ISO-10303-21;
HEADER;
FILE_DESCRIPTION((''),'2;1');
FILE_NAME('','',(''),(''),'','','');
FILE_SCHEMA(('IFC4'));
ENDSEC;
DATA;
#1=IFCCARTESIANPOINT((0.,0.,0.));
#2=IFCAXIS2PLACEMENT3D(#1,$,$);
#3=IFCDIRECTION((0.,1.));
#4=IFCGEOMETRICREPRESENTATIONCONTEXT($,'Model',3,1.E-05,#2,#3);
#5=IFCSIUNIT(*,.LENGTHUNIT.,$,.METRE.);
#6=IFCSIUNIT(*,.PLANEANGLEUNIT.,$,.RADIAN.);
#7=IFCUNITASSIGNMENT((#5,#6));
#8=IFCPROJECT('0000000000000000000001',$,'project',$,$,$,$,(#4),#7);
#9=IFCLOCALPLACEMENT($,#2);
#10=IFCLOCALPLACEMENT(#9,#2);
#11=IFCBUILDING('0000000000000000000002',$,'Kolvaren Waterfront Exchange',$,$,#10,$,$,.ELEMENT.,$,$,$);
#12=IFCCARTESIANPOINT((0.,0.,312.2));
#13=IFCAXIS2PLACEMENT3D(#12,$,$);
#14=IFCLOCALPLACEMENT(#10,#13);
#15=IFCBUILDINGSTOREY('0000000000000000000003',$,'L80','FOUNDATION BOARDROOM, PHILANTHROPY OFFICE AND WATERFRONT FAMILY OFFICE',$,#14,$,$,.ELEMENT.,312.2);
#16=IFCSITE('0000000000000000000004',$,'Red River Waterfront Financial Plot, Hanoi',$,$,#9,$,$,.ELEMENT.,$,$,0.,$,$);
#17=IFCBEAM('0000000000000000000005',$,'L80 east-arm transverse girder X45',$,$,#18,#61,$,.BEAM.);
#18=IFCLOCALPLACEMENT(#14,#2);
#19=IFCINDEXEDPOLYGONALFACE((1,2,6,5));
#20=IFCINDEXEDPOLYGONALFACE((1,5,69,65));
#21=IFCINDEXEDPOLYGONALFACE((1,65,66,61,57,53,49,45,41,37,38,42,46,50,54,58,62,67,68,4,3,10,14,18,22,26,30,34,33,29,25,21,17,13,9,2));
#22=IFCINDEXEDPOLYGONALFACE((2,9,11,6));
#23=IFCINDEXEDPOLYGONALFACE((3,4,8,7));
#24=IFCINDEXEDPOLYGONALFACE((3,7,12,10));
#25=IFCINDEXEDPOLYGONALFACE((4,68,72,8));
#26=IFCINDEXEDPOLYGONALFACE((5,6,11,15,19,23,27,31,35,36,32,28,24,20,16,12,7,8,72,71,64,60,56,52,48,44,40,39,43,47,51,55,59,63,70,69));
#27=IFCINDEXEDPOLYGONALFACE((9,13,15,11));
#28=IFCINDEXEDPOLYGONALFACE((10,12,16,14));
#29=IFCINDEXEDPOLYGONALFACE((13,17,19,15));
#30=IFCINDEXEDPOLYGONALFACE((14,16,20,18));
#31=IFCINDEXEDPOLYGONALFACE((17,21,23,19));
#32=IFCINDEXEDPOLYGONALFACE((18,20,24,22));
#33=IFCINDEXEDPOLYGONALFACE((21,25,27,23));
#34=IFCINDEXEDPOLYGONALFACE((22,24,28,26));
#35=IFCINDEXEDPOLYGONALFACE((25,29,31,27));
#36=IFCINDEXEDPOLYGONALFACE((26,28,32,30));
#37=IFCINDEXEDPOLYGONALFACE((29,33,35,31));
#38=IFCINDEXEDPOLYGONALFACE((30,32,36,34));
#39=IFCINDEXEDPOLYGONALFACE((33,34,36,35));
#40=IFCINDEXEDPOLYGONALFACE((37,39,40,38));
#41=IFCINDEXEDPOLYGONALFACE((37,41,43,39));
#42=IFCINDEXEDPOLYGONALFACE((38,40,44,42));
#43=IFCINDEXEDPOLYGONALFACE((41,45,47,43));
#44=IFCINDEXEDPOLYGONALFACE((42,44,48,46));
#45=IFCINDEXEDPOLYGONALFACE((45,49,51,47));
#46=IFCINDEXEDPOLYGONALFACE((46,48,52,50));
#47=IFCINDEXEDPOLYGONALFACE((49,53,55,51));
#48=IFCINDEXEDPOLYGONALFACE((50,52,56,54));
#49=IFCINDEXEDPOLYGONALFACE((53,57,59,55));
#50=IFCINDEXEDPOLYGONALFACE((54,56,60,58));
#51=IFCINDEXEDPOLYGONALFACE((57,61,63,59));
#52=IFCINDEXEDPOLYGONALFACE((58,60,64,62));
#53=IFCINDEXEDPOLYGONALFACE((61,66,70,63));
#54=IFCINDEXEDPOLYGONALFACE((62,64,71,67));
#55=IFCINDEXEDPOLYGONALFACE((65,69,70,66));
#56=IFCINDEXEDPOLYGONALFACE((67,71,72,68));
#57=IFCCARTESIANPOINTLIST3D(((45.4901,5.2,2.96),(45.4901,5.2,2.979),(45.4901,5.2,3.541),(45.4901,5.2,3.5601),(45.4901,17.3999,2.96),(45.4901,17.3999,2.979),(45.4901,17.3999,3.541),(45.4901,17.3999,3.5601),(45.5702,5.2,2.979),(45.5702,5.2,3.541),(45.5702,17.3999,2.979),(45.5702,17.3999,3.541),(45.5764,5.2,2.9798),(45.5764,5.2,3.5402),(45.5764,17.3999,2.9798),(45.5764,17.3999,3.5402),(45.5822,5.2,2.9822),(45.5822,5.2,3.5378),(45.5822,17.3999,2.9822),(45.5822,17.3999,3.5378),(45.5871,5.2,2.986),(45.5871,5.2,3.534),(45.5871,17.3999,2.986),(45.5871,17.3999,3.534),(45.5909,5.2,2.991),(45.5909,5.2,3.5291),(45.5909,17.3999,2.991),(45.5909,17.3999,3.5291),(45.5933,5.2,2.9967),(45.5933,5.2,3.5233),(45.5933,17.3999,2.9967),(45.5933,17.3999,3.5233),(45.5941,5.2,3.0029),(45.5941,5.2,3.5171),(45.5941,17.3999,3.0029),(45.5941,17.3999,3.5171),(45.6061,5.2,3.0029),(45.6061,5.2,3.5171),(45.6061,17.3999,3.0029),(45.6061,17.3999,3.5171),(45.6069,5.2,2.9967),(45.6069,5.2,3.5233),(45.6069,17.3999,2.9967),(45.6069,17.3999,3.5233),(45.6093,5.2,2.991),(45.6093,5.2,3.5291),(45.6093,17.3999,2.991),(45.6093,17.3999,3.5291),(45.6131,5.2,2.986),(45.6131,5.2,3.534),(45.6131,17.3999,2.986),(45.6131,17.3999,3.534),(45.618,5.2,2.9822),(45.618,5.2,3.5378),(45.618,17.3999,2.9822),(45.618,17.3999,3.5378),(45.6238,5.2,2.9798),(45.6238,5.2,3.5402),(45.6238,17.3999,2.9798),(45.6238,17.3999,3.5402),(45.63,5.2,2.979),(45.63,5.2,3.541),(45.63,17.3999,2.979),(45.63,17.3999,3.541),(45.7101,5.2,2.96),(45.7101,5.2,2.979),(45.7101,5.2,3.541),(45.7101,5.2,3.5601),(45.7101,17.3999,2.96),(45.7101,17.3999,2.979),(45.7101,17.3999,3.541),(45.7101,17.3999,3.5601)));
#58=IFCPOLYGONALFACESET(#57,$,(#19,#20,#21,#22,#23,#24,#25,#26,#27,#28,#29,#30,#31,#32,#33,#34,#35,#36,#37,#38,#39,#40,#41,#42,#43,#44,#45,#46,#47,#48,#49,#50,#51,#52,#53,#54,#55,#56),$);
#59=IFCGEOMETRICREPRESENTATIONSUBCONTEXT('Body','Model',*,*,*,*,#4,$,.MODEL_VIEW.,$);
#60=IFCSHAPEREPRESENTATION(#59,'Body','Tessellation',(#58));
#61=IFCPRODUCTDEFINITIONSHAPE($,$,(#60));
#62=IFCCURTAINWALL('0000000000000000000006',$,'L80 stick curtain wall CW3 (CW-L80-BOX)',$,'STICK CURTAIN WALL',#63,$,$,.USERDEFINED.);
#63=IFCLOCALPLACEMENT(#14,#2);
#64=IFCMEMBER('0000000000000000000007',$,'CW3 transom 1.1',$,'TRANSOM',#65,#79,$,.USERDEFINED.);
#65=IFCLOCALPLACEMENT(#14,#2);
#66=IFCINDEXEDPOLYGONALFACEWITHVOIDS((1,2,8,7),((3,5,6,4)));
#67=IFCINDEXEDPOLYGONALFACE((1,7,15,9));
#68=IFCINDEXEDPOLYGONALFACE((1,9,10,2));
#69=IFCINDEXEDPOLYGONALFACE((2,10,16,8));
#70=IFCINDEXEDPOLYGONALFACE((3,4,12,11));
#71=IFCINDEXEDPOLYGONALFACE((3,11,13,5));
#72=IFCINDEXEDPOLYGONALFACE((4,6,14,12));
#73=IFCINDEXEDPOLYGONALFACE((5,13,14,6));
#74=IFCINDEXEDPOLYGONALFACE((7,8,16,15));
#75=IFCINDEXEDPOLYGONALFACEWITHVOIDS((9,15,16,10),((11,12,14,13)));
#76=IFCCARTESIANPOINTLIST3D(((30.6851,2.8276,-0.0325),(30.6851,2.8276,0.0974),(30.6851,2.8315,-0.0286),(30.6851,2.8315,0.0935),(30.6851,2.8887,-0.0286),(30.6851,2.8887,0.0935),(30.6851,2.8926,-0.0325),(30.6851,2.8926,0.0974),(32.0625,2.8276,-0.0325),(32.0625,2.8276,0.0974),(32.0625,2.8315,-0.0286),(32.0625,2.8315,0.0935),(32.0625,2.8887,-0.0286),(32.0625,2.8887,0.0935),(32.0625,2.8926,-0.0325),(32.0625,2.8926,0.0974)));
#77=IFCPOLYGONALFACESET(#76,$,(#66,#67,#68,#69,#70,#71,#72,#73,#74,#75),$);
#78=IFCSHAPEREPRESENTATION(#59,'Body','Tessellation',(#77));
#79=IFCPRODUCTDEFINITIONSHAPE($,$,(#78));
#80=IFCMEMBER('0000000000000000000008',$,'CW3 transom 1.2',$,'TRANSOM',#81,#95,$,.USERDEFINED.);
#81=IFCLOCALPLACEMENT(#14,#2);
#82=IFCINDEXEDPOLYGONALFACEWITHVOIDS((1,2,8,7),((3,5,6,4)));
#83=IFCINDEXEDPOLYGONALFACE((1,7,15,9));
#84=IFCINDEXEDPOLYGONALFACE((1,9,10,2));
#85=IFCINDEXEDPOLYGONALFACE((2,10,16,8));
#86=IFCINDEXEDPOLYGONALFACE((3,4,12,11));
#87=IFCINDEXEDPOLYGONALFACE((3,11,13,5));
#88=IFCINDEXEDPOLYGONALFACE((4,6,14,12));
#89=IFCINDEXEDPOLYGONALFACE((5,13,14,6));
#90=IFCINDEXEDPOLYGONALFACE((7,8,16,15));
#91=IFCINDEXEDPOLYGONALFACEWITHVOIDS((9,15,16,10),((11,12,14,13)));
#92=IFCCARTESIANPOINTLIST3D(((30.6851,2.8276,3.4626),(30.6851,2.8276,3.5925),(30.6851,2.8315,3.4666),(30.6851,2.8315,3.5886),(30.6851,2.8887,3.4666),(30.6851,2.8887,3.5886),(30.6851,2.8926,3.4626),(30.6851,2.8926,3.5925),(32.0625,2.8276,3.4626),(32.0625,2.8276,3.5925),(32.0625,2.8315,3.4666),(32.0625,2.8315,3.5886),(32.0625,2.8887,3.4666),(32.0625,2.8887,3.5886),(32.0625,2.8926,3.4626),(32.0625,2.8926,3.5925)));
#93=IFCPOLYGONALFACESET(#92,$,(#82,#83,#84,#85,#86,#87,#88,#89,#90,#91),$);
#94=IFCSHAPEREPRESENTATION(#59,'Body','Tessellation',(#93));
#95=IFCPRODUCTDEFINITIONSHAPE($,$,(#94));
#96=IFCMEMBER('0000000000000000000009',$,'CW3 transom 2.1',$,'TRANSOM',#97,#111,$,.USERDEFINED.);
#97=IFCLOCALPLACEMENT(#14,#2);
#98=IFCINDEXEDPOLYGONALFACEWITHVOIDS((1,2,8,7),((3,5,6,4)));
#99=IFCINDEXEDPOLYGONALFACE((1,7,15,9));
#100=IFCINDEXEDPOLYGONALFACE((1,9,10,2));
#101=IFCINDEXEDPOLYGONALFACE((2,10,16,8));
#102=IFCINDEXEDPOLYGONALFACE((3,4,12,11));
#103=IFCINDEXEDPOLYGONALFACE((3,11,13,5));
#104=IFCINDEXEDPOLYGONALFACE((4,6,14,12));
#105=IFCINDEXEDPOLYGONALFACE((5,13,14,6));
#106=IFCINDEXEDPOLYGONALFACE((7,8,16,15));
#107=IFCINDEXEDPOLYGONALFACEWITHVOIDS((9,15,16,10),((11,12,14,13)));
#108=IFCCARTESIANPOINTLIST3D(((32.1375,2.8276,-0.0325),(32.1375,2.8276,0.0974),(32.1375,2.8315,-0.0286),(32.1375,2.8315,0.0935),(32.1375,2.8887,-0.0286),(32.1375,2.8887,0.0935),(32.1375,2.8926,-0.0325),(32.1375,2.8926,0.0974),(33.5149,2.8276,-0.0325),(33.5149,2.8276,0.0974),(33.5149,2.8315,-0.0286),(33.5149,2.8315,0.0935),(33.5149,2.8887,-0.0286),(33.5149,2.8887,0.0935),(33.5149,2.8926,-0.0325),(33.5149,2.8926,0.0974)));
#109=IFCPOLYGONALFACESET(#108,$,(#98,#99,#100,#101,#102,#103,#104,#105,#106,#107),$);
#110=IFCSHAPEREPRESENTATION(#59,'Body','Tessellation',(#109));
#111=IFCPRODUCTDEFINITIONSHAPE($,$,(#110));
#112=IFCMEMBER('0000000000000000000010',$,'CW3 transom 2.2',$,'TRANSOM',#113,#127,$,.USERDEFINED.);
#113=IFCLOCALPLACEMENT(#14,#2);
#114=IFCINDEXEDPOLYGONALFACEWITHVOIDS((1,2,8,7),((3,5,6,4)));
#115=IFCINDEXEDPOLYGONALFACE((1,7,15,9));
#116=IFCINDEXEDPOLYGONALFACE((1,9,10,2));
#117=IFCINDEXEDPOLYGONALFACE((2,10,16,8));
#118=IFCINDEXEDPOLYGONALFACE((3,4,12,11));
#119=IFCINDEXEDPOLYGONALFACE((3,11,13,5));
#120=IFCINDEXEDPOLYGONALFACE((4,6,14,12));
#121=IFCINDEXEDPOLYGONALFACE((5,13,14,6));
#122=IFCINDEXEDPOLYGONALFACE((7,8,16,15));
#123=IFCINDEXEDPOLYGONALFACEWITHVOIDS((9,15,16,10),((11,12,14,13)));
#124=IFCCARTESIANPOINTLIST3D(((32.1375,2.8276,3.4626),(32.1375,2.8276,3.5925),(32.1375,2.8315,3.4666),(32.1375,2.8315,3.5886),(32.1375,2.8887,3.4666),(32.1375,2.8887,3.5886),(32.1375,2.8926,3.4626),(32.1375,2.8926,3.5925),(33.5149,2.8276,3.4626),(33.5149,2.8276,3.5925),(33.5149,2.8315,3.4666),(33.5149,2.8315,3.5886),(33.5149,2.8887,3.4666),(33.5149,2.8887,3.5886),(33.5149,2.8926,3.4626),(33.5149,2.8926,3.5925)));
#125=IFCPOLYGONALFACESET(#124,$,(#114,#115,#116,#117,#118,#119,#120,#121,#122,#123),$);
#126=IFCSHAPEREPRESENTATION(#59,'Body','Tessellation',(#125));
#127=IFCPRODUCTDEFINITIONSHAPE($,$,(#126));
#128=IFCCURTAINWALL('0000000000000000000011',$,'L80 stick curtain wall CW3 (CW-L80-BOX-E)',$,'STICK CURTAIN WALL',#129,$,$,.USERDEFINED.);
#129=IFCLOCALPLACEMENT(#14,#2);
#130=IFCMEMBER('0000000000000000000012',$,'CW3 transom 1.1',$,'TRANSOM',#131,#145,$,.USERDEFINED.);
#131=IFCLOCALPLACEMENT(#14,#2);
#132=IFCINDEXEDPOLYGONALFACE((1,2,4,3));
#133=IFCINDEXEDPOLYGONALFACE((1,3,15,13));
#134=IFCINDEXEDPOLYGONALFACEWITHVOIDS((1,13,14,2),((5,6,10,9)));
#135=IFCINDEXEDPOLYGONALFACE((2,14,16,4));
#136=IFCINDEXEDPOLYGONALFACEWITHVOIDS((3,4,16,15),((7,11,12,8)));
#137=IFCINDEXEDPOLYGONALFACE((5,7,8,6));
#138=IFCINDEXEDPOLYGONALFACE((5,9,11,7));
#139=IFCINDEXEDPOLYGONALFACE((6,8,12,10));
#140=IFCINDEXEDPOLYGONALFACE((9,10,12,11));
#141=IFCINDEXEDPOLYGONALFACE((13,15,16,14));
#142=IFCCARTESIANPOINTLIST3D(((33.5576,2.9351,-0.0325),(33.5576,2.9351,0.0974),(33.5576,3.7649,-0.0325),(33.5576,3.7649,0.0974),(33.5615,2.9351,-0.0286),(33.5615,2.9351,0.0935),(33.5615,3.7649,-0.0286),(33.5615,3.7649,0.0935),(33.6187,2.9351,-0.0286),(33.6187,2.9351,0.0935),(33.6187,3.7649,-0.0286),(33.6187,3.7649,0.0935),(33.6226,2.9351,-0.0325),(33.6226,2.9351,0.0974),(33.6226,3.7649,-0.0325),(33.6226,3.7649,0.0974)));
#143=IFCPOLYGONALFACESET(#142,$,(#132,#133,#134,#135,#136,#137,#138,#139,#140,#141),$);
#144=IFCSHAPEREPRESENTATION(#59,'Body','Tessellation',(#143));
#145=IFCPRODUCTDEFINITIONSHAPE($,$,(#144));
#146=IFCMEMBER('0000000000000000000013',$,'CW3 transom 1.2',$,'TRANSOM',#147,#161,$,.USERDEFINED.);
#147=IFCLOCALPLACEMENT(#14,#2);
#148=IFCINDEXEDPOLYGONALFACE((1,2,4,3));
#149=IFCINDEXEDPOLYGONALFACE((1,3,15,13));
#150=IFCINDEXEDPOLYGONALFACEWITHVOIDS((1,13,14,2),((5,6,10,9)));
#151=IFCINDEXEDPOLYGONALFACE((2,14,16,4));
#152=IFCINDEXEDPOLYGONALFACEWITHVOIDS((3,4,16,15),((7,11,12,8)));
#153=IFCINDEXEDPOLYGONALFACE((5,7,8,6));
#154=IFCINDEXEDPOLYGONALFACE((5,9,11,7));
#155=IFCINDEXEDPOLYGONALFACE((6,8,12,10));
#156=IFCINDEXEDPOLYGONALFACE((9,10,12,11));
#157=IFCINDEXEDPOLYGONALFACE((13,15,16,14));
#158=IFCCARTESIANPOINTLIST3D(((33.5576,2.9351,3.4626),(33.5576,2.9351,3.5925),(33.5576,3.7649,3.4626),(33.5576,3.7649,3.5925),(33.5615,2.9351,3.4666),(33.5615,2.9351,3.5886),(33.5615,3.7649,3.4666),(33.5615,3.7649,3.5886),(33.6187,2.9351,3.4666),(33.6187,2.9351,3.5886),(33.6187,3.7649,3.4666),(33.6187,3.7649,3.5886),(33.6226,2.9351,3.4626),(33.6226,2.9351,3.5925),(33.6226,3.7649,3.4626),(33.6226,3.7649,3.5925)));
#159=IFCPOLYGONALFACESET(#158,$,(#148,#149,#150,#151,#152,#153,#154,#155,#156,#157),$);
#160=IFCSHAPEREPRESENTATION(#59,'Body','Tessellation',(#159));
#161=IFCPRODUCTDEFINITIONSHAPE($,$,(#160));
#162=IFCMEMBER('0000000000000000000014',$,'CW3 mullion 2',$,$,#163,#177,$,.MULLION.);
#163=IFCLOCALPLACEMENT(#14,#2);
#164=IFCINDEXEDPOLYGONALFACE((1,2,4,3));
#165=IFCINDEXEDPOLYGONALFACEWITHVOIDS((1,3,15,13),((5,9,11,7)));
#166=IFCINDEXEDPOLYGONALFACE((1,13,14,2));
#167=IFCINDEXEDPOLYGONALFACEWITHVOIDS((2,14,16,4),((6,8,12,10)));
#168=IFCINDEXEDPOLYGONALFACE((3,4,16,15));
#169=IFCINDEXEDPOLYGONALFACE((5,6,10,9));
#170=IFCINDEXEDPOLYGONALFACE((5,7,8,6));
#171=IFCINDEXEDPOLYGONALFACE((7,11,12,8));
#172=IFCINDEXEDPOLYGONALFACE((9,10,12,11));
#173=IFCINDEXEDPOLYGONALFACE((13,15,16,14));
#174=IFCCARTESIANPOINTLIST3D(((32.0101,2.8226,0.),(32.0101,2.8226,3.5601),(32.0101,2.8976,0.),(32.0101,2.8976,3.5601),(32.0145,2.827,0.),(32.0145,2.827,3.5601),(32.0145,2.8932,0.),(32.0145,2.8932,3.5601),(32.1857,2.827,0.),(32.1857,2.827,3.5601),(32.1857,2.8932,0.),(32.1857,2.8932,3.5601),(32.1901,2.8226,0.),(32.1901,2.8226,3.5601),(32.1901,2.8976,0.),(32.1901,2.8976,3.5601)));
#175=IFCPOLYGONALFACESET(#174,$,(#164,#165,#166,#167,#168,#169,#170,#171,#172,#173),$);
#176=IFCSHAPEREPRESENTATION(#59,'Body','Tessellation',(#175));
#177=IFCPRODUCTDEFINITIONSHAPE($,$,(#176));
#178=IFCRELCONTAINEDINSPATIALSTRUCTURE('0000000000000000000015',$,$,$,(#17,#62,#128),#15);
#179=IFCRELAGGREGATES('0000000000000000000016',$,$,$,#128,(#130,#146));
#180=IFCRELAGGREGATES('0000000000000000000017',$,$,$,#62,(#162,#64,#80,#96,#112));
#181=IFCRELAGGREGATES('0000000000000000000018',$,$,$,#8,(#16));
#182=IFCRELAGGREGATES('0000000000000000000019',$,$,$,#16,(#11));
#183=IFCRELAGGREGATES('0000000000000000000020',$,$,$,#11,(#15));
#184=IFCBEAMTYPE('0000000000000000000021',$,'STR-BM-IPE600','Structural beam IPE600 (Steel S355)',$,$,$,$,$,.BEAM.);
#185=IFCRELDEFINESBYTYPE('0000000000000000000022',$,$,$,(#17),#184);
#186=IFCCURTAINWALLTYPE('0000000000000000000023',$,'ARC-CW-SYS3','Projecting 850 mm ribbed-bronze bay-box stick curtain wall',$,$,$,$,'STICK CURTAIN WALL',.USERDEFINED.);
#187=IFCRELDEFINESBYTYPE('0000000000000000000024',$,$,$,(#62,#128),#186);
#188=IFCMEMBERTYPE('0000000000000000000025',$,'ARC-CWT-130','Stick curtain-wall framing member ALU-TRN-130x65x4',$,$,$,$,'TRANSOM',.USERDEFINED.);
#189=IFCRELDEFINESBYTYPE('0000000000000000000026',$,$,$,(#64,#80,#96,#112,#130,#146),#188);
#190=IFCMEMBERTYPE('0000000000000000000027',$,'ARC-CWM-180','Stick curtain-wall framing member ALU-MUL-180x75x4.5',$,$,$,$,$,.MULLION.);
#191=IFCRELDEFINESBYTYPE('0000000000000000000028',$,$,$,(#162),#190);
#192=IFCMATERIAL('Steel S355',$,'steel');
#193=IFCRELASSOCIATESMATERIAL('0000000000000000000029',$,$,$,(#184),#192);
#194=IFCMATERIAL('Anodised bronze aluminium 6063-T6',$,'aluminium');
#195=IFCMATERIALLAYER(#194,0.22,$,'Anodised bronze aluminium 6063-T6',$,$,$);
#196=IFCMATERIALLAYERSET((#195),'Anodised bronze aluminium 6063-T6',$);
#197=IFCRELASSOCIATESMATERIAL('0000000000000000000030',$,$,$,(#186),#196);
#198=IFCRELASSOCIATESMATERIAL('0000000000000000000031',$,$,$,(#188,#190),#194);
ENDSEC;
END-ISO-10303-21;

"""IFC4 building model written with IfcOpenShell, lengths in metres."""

from ifc_helpers import new_model, si_unit, direction, frame, origin, origin_with_axes, origin_2d, place, context, subcontext, project, spatial, hollow_rectangle, i_section, extrude, source, transform, mapped, material, layer, layer_set, material_profile, profile_set, type_object, element, aggregate, save


model = new_model("IFC4")

# Units and contexts
model_context = context("Model", 3, precision=1e-05, world=origin(), true_north=direction((0.0, 1.0)))
body_context = subcontext(model_context, "Body", "Model", "MODEL_VIEW")
ifc_project = project(units=[si_unit("LENGTHUNIT", "METRE"), si_unit("PLANEANGLEUNIT", "RADIAN")], contexts=[model_context])

# Site, building, storey
site_placement = place(None, origin())
site = spatial("IfcSite", under=ifc_project, at=site_placement, Name="Red River Waterfront Financial Plot, Hanoi", CompositionType="ELEMENT", RefElevation=0.0)
building_placement = place(site_placement, origin())
building = spatial("IfcBuilding", under=site, at=building_placement, Name="Kolvaren Waterfront Exchange", CompositionType="ELEMENT")
storey_placement = place(building_placement, frame((0.0, 0.0, 312.2)))
storey = spatial("IfcBuildingStorey", under=building, at=storey_placement, Name="L80", Description="FOUNDATION BOARDROOM, PHILANTHROPY OFFICE AND WATERFRONT FAMILY OFFICE", CompositionType="ELEMENT", Elevation=312.2)

# Beam
ifc_material_1 = material(Name="Steel S355", Category="steel")
ifc_material_profile_1 = material_profile(ifc_material_1, i_section(OverallWidth=0.22, OverallDepth=0.6001, WebThickness=0.012, FlangeThickness=0.019, FilletRadius=0.0239, at=origin_2d()), Name="IPE600")
ifc_profile_set_1 = profile_set([ifc_material_profile_1], Name="Steel S355")
beam_type_1 = type_object("IfcBeamType", Name="STR-BM-IPE600", Description="Structural beam IPE600 (Steel S355)", PredefinedType="BEAM", material=ifc_profile_set_1)
for number, where, z_axis, x_axis, name in (
    (1, (45.6001, 5.2, 3.26), (0.0, 1.0, 0.0), (-1.0, 0.0, 0.0), "L80 east-arm transverse girder X45"),
):
    element("IfcBeam", number, at=place(storey_placement, frame(where, z_axis=z_axis, x_axis=x_axis)), inside=storey, type_object=beam_type_1, Name=name, PredefinedType="BEAM", context=body_context, shape_type="SweptSolid", body=[
        extrude(i_section(OverallWidth=0.22, OverallDepth=0.6001, WebThickness=0.012, FlangeThickness=0.019, FilletRadius=0.0239, at=origin_2d()), origin(), (0.0, 0.0, 1.0), 12.2),
    ])

# Curtain walls, members
ifc_material_2 = material(Name="Anodised bronze aluminium 6063-T6", Category="aluminium")
ifc_layer_1 = layer(ifc_material_2, 0.22, Name="Anodised bronze aluminium 6063-T6")
ifc_layer_set_1 = layer_set([ifc_layer_1], Name="Anodised bronze aluminium 6063-T6")
curtain_wall_type_1 = type_object("IfcCurtainWallType", Name="ARC-CW-SYS3", Description="Projecting 850 mm ribbed-bronze bay-box stick curtain wall", ElementType="STICK CURTAIN WALL", PredefinedType="USERDEFINED", material=ifc_layer_set_1)
curtain_wall_1_placement = place(storey_placement, origin())
curtain_wall_1 = element("IfcCurtainWall", 2, at=curtain_wall_1_placement, inside=storey, type_object=curtain_wall_type_1, Name="L80 stick curtain wall CW3 (CW-L80-BOX)", ObjectType="STICK CURTAIN WALL", PredefinedType="USERDEFINED")
ifc_material_profile_2 = material_profile(ifc_material_2, hollow_rectangle(XDim=0.0649, YDim=0.1299, WallThickness=0.0039, at=origin_2d()), Name="ALU-TRN-130x65x4")
ifc_profile_set_2 = profile_set([ifc_material_profile_2], Name="Anodised bronze aluminium 6063-T6")
member_type_1 = type_object("IfcMemberType", Name="ARC-CWT-130", Description="Stick curtain-wall framing member ALU-TRN-130x65x4", ElementType="TRANSOM", PredefinedType="USERDEFINED", material=ifc_profile_set_2)
shared_shape_1 = source(origin_with_axes(), body_context, "Body", "SweptSolid", [
    extrude(hollow_rectangle(XDim=0.0649, YDim=0.1299, WallThickness=0.0039, at=origin_2d()), origin(), (0.0, 0.0, 1.0), 1.3774),
])
member_1_placement = place(storey_placement, frame((30.6851, 2.8601, 0.0325), z_axis=(1.0, 0.0, 0.0), x_axis=(0.0, 1.0, 0.0)))
member_1 = element("IfcMember", 3, at=member_1_placement, type_object=member_type_1, Name="CW3 transom 1.1", ObjectType="TRANSOM", PredefinedType="USERDEFINED", context=body_context, shape_type="MappedRepresentation", body=[
    mapped(shared_shape_1, transform((0.0, 0.0, 0.0), x_axis=(1.0, 0.0, 0.0), y_axis=(0.0, 1.0, 0.0), z_axis=(0.0, 0.0, 1.0), scale=1.0)),
])
member_2_placement = place(storey_placement, frame((30.6851, 2.8601, 3.5276), z_axis=(1.0, 0.0, 0.0), x_axis=(0.0, 1.0, 0.0)))
member_2 = element("IfcMember", 4, at=member_2_placement, type_object=member_type_1, Name="CW3 transom 1.2", ObjectType="TRANSOM", PredefinedType="USERDEFINED", context=body_context, shape_type="MappedRepresentation", body=[
    mapped(shared_shape_1, transform((0.0, 0.0, 0.0), x_axis=(1.0, 0.0, 0.0), y_axis=(0.0, 1.0, 0.0), z_axis=(0.0, 0.0, 1.0), scale=1.0)),
])
member_3_placement = place(storey_placement, frame((32.1375, 2.8601, 0.0325), z_axis=(1.0, 0.0, 0.0), x_axis=(0.0, 1.0, 0.0)))
member_3 = element("IfcMember", 5, at=member_3_placement, type_object=member_type_1, Name="CW3 transom 2.1", ObjectType="TRANSOM", PredefinedType="USERDEFINED", context=body_context, shape_type="MappedRepresentation", body=[
    mapped(shared_shape_1, transform((0.0, 0.0, 0.0), x_axis=(1.0, 0.0, 0.0), y_axis=(0.0, 1.0, 0.0), z_axis=(0.0, 0.0, 1.0), scale=1.0)),
])
member_4_placement = place(storey_placement, frame((32.1375, 2.8601, 3.5276), z_axis=(1.0, 0.0, 0.0), x_axis=(0.0, 1.0, 0.0)))
member_4 = element("IfcMember", 6, at=member_4_placement, type_object=member_type_1, Name="CW3 transom 2.2", ObjectType="TRANSOM", PredefinedType="USERDEFINED", context=body_context, shape_type="MappedRepresentation", body=[
    mapped(shared_shape_1, transform((0.0, 0.0, 0.0), x_axis=(1.0, 0.0, 0.0), y_axis=(0.0, 1.0, 0.0), z_axis=(0.0, 0.0, 1.0), scale=1.0)),
])
curtain_wall_2_placement = place(storey_placement, origin())
curtain_wall_2 = element("IfcCurtainWall", 7, at=curtain_wall_2_placement, inside=storey, type_object=curtain_wall_type_1, Name="L80 stick curtain wall CW3 (CW-L80-BOX-E)", ObjectType="STICK CURTAIN WALL", PredefinedType="USERDEFINED")
shared_shape_2 = source(origin_with_axes(), body_context, "Body", "SweptSolid", [
    extrude(hollow_rectangle(XDim=0.0649, YDim=0.1299, WallThickness=0.0039, at=origin_2d()), origin(), (0.0, 0.0, 1.0), 0.8298),
])
member_5_placement = place(storey_placement, frame((33.5901, 2.9351, 0.0325), z_axis=(0.0, 1.0, 0.0), x_axis=(-1.0, 0.0, 0.0)))
member_5 = element("IfcMember", 8, at=member_5_placement, type_object=member_type_1, Name="CW3 transom 1.1", ObjectType="TRANSOM", PredefinedType="USERDEFINED", context=body_context, shape_type="MappedRepresentation", body=[
    mapped(shared_shape_2, transform((0.0, 0.0, 0.0), x_axis=(1.0, 0.0, 0.0), y_axis=(0.0, 1.0, 0.0), z_axis=(0.0, 0.0, 1.0), scale=1.0)),
])
member_6_placement = place(storey_placement, frame((33.5901, 2.9351, 3.5276), z_axis=(0.0, 1.0, 0.0), x_axis=(-1.0, 0.0, 0.0)))
member_6 = element("IfcMember", 9, at=member_6_placement, type_object=member_type_1, Name="CW3 transom 1.2", ObjectType="TRANSOM", PredefinedType="USERDEFINED", context=body_context, shape_type="MappedRepresentation", body=[
    mapped(shared_shape_2, transform((0.0, 0.0, 0.0), x_axis=(1.0, 0.0, 0.0), y_axis=(0.0, 1.0, 0.0), z_axis=(0.0, 0.0, 1.0), scale=1.0)),
])

# Member
ifc_material_profile_3 = material_profile(ifc_material_2, hollow_rectangle(XDim=0.075, YDim=0.1799, WallThickness=0.0044, at=origin_2d()), Name="ALU-MUL-180x75x4.5")
ifc_profile_set_3 = profile_set([ifc_material_profile_3], Name="Anodised bronze aluminium 6063-T6")
member_type_2 = type_object("IfcMemberType", Name="ARC-CWM-180", Description="Stick curtain-wall framing member ALU-MUL-180x75x4.5", PredefinedType="MULLION", material=ifc_profile_set_3)
shared_shape_3 = source(origin_with_axes(), body_context, "Body", "SweptSolid", [
    extrude(hollow_rectangle(XDim=0.075, YDim=0.1799, WallThickness=0.0044, at=origin_2d()), origin(), (0.0, 0.0, 1.0), 3.5601),
])
member_7_placement = place(storey_placement, frame((32.1001, 2.8601, 0.0), z_axis=(0.0, 0.0, 1.0), x_axis=(0.0, 1.0, 0.0)))
member_7 = element("IfcMember", 10, at=member_7_placement, type_object=member_type_2, Name="CW3 mullion 2", PredefinedType="MULLION", context=body_context, shape_type="MappedRepresentation", body=[
    mapped(shared_shape_3, transform((0.0, 0.0, 0.0), x_axis=(1.0, 0.0, 0.0), y_axis=(0.0, 1.0, 0.0), z_axis=(0.0, 0.0, 1.0), scale=1.0)),
])

aggregate(curtain_wall_2, [member_5, member_6])
aggregate(curtain_wall_1, [member_7, member_1, member_2, member_3, member_4])

save(model, "model.ifc")
